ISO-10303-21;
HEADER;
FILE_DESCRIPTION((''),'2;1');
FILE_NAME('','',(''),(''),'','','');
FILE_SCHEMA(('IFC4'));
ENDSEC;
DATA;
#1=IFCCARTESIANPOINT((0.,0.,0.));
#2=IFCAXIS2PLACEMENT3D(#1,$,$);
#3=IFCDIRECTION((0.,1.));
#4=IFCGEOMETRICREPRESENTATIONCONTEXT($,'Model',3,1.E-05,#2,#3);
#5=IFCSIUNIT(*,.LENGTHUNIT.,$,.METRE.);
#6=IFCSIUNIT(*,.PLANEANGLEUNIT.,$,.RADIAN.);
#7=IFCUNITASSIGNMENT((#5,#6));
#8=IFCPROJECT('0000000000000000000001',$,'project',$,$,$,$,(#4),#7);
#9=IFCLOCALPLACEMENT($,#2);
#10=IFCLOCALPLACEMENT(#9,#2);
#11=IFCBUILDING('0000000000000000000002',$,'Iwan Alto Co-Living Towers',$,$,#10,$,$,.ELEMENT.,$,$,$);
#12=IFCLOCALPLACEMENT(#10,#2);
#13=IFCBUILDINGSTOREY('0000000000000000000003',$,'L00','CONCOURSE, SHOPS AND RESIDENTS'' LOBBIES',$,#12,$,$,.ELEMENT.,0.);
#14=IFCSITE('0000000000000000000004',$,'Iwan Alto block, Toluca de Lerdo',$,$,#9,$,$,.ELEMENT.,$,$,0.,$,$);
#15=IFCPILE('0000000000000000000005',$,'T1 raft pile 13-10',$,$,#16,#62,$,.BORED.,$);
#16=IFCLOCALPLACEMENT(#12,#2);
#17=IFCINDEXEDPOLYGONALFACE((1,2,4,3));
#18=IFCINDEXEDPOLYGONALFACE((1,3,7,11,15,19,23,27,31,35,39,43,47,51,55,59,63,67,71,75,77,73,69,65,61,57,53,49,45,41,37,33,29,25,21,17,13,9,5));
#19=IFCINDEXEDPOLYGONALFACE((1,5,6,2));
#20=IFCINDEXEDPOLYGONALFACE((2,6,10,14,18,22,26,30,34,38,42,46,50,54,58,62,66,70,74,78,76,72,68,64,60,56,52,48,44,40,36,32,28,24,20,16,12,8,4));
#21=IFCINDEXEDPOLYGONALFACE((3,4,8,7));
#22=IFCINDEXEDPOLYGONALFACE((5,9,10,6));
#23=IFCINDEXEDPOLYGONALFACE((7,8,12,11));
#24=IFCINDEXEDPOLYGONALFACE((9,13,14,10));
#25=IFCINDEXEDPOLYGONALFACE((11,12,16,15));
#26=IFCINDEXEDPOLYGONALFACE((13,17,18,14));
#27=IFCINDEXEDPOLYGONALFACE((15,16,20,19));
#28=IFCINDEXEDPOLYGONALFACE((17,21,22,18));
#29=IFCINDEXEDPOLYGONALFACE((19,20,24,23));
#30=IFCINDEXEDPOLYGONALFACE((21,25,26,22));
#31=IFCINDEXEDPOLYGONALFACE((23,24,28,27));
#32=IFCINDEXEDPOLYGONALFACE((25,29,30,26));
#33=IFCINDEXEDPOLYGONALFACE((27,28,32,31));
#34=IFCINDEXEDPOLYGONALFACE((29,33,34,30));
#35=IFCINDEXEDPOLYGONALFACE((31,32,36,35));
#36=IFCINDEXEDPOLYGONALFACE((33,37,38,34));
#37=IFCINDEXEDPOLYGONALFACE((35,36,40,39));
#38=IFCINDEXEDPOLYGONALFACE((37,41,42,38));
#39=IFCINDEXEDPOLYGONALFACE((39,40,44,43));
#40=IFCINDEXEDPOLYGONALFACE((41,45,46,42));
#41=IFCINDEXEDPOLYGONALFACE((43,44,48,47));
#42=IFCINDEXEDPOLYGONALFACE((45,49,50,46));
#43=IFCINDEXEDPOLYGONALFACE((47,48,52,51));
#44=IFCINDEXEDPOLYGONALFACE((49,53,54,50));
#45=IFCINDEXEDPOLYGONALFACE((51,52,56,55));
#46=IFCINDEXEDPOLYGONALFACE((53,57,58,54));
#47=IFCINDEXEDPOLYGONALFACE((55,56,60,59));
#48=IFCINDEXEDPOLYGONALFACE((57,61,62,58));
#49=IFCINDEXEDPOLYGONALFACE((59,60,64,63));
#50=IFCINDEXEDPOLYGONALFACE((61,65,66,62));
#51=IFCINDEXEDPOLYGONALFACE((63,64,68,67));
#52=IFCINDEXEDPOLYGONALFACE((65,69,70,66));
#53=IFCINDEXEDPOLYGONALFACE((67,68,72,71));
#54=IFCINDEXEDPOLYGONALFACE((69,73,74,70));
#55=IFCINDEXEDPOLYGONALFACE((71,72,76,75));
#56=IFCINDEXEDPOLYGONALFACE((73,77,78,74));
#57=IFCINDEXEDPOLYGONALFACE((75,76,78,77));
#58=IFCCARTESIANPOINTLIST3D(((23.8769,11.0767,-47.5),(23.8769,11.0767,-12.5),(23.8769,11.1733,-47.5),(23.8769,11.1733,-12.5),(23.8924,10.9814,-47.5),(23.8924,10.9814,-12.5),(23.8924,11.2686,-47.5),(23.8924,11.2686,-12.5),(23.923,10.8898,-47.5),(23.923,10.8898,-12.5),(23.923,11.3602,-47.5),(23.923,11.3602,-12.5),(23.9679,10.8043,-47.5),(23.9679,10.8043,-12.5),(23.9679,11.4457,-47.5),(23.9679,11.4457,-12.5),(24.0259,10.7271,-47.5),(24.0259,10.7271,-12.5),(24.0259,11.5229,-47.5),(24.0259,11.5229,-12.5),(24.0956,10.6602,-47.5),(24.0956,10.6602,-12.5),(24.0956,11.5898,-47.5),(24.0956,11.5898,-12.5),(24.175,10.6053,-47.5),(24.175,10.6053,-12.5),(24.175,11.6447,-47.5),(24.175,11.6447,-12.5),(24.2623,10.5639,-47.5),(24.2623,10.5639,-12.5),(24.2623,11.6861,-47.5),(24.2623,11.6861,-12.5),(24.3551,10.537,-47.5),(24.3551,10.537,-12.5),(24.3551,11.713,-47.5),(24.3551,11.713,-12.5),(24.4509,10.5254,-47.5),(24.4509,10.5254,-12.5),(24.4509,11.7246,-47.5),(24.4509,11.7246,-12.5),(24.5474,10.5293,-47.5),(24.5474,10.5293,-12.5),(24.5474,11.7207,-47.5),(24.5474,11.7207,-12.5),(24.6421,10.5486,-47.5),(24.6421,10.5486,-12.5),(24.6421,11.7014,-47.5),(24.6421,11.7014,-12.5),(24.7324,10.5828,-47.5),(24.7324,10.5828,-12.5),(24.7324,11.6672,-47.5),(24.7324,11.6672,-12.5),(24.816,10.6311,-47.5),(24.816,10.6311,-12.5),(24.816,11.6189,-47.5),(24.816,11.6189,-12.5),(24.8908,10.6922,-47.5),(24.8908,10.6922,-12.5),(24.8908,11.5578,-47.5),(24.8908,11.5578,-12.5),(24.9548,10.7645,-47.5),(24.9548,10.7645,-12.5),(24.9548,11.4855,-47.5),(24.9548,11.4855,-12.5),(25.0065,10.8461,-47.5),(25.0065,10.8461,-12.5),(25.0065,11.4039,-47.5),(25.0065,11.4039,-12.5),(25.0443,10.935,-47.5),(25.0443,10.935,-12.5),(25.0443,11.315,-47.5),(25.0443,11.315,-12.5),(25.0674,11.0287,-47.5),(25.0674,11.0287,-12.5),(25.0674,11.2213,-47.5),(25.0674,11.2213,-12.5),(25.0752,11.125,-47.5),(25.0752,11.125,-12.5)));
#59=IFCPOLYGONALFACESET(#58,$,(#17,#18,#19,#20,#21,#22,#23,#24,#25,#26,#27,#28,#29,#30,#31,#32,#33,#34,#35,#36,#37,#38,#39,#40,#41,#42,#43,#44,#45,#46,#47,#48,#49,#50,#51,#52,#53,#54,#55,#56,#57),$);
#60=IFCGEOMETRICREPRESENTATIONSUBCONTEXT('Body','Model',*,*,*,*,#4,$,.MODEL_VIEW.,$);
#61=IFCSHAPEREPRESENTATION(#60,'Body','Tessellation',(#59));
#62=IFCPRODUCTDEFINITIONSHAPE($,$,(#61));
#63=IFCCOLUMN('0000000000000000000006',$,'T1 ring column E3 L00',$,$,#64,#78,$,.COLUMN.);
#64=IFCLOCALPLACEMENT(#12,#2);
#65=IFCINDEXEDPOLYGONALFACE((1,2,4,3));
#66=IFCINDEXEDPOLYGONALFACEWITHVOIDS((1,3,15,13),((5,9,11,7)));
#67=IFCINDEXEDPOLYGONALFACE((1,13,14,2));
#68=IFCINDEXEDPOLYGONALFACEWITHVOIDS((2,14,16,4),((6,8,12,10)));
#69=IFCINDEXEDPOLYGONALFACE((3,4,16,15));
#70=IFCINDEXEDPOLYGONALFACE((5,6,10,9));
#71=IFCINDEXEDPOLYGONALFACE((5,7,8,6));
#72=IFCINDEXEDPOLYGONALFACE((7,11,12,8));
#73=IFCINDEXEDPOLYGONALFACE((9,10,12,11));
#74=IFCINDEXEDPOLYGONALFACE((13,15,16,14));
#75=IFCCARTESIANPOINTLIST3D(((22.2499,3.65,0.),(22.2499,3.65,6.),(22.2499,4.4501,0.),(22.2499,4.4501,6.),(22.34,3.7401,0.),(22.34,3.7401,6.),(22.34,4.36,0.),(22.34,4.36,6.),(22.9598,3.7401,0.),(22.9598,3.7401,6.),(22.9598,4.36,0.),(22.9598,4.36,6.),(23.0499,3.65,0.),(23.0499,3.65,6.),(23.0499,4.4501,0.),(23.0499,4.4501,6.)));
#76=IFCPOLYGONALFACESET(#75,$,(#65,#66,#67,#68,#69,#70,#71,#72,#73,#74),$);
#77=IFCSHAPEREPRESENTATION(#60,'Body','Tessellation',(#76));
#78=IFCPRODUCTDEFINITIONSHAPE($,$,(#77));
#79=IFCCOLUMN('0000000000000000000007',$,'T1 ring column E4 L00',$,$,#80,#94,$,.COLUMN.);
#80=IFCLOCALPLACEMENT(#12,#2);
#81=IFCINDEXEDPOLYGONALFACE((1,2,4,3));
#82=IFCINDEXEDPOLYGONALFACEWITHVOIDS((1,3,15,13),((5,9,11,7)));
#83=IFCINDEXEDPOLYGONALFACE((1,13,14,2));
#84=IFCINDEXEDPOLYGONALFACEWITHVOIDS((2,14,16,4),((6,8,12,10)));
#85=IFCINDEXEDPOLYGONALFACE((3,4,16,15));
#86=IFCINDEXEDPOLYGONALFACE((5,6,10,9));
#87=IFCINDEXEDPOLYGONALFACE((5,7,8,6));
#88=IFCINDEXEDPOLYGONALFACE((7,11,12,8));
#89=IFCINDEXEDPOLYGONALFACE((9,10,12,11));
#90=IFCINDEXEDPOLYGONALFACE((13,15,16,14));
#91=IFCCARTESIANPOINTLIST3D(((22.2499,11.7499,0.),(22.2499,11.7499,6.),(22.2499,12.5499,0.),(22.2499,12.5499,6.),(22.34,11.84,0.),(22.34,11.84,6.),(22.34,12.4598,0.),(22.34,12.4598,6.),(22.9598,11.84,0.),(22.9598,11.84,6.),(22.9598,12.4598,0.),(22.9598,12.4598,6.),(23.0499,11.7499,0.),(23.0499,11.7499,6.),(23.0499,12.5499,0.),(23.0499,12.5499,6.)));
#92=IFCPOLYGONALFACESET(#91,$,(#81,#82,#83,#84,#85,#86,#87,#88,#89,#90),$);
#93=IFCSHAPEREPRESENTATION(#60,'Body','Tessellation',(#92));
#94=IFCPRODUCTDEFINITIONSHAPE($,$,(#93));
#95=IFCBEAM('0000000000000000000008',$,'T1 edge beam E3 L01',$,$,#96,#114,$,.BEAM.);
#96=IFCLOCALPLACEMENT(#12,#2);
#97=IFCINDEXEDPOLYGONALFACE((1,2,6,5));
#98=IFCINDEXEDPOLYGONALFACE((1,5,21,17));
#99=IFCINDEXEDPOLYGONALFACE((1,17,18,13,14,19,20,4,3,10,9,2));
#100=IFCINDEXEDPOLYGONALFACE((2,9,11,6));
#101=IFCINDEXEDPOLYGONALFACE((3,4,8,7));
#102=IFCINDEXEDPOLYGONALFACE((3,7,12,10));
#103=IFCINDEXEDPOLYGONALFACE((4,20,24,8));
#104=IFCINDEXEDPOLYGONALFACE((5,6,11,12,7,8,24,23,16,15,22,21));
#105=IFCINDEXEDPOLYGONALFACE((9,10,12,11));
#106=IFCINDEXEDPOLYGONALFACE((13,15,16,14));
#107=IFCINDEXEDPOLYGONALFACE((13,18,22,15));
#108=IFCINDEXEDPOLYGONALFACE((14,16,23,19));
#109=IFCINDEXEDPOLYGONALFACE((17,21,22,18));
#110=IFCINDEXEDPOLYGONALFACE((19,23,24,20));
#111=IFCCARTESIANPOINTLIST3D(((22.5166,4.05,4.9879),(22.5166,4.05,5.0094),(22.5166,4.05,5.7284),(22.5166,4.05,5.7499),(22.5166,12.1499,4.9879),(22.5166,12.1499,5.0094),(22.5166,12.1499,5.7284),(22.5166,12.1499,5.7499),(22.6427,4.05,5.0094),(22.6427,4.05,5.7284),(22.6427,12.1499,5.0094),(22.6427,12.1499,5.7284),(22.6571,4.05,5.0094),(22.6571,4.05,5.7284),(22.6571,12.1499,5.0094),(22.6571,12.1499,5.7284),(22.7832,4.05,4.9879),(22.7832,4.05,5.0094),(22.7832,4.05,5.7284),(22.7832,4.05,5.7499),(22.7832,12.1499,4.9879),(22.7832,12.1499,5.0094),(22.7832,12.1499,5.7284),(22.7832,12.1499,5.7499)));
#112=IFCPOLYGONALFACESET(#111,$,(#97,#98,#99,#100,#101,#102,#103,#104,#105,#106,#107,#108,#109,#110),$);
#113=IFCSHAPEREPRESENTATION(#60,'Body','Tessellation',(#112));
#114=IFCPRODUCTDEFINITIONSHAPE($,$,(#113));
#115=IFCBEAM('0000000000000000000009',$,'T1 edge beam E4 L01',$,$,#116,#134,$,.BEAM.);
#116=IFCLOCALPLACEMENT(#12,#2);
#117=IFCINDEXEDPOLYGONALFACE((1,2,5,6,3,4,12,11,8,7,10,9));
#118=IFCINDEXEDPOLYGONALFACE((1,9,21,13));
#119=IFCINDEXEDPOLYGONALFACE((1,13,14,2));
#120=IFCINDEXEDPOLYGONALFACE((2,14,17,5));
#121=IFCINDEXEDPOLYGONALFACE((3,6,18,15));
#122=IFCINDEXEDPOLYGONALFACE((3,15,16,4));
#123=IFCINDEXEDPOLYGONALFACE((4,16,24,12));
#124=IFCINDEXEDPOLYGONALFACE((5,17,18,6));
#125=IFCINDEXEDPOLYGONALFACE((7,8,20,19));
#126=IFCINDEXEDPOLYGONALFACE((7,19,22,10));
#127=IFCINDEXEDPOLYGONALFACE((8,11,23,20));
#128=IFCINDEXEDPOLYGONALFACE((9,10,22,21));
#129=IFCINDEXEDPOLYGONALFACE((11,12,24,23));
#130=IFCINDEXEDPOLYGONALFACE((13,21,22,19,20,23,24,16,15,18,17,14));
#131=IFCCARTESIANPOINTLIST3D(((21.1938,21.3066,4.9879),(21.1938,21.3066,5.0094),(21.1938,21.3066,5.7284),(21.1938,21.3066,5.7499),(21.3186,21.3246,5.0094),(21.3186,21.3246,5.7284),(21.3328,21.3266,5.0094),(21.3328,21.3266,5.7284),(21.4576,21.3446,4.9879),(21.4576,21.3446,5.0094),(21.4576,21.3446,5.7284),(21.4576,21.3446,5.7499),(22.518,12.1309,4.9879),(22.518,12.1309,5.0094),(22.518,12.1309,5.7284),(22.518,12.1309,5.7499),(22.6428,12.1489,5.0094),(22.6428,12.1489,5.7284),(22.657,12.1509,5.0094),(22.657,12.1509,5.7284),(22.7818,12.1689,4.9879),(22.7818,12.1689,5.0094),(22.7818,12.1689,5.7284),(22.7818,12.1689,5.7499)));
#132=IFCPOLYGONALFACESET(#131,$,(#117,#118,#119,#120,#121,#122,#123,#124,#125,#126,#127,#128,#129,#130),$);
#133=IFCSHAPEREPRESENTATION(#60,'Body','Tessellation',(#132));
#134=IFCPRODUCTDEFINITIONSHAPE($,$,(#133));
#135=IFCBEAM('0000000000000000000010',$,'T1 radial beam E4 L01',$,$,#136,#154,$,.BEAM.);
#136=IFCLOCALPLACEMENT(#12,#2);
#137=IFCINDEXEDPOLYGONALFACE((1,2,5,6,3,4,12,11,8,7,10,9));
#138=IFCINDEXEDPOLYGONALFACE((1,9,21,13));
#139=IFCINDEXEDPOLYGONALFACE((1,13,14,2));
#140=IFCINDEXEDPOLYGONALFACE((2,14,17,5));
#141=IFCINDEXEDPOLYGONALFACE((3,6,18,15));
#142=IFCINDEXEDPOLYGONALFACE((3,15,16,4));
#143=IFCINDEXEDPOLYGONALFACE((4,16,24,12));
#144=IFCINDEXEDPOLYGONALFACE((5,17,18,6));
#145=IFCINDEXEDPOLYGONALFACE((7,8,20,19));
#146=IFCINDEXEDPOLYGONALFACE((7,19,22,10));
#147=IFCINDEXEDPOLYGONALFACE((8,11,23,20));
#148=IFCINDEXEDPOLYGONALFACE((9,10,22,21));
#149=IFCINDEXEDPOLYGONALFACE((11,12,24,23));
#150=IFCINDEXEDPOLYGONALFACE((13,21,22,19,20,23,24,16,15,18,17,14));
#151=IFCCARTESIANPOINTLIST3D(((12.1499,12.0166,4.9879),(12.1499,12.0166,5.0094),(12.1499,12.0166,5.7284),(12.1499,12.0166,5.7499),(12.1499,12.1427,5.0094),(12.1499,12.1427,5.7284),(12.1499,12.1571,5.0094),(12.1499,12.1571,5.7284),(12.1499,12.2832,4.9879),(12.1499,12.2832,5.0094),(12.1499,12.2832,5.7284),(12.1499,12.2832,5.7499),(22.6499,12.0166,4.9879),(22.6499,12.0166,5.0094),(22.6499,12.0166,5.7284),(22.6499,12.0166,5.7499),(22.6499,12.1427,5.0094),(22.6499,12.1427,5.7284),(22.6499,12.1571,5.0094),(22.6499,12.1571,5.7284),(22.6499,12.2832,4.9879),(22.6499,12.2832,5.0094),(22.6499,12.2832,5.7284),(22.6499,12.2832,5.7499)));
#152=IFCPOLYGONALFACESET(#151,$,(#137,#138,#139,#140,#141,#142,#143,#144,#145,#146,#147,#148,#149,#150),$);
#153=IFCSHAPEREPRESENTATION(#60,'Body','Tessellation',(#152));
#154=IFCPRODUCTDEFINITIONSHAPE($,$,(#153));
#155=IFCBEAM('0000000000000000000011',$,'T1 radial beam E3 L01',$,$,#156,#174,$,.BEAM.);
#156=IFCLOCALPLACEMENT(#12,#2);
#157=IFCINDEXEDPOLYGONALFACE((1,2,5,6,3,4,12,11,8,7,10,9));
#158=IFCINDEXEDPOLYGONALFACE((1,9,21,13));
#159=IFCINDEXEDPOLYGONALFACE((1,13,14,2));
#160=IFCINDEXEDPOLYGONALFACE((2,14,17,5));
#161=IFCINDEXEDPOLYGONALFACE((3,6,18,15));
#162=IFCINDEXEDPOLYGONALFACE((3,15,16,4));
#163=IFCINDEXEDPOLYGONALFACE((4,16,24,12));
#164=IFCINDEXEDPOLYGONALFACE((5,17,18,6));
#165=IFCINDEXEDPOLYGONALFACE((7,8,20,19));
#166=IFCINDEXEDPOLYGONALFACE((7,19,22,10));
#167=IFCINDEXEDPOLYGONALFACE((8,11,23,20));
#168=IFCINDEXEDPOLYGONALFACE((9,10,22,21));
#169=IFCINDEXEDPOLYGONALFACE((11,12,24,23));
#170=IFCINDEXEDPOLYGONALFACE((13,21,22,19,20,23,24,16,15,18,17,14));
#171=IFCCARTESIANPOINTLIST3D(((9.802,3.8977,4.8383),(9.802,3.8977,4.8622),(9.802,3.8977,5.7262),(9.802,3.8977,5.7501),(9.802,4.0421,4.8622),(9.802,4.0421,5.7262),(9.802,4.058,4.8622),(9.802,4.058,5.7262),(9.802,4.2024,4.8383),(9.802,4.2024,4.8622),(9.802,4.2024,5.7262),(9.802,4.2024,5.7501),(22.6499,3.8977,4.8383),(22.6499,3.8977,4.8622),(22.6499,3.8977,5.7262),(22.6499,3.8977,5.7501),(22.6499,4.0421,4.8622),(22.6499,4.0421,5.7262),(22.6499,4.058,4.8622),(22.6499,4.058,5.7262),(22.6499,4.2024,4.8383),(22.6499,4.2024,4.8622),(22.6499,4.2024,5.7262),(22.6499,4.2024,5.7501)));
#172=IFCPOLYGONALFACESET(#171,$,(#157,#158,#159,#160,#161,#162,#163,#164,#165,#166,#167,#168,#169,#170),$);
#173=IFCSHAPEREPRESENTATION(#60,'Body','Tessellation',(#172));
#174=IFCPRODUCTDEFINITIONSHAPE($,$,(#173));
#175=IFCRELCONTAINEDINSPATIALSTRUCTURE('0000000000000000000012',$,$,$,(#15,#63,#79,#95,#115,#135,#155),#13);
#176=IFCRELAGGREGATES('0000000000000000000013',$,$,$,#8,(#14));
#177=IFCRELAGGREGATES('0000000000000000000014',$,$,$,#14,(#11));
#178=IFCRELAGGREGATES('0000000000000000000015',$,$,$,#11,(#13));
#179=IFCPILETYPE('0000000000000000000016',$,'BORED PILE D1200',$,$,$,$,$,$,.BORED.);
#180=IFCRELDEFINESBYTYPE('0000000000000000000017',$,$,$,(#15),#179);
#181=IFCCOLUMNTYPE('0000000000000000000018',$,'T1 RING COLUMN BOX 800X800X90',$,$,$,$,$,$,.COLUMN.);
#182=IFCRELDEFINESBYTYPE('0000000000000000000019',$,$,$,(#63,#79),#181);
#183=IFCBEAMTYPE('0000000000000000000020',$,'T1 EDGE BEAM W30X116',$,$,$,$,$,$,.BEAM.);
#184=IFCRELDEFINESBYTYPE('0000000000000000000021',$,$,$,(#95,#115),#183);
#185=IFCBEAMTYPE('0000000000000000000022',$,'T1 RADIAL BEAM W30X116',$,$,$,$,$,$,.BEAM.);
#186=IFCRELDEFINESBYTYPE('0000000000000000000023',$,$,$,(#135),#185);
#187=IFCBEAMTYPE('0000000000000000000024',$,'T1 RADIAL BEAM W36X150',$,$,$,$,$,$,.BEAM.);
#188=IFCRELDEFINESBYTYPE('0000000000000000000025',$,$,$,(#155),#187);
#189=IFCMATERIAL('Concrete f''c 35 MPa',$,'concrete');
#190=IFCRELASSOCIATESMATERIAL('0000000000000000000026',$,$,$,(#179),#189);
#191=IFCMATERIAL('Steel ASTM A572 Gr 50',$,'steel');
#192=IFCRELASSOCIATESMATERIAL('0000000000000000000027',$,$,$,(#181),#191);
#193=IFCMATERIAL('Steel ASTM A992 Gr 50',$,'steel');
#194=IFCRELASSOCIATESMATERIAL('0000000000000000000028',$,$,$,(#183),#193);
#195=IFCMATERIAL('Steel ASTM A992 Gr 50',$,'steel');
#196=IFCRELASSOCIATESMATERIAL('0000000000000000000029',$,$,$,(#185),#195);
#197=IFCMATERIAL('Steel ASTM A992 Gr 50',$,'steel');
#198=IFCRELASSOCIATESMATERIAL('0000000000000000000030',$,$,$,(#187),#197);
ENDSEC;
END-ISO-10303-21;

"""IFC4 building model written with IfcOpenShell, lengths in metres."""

from ifc_helpers import new_model, si_unit, direction, frame, origin, origin_2d, place, context, subcontext, project, spatial, hollow_rectangle, circle, i_section, extrude, material, material_profile, profile_set, type_object, element, save


model = new_model("IFC4")

# Units and contexts
model_context = context("Model", 3, precision=1e-05, world=origin(), true_north=direction((0.0, 1.0)))
body_context = subcontext(model_context, "Body", "Model", "MODEL_VIEW")
ifc_project = project(units=[si_unit("LENGTHUNIT", "METRE"), si_unit("PLANEANGLEUNIT", "RADIAN")], contexts=[model_context])

# Site, building, storey
site_placement = place(None, origin())
site = spatial("IfcSite", under=ifc_project, at=site_placement, Name="Iwan Alto block, Toluca de Lerdo", CompositionType="ELEMENT", RefElevation=0.0)
building_placement = place(site_placement, origin())
building = spatial("IfcBuilding", under=site, at=building_placement, Name="Iwan Alto Co-Living Towers", CompositionType="ELEMENT")
storey_placement = place(building_placement, origin())
storey = spatial("IfcBuildingStorey", under=building, at=storey_placement, Name="L00", Description="CONCOURSE, SHOPS AND RESIDENTS' LOBBIES", CompositionType="ELEMENT", Elevation=0.0)

# Pile
ifc_material_1 = material(Name="Concrete f'c 35 MPa", Category="concrete")
ifc_material_profile_1 = material_profile(ifc_material_1, circle(Radius=0.6001, at=origin_2d()), Name="D1200")
ifc_profile_set_1 = profile_set([ifc_material_profile_1], Name="Concrete f'c 35 MPa")
pile_type = type_object("IfcPileType", Name="BORED PILE D1200", PredefinedType="BORED", material=ifc_profile_set_1)
for number, where, z_axis, x_axis, name in (
    (1, (24.4751, 11.125, -12.5), (0.0, 0.0, -1.0), (1.0, 0.0, 0.0), "T1 raft pile 13-10"),
):
    element("IfcPile", number, at=place(storey_placement, frame(where, z_axis=z_axis, x_axis=x_axis)), inside=storey, type_object=pile_type, Name=name, PredefinedType="BORED", context=body_context, shape_type="SweptSolid", body=[
        extrude(circle(Radius=0.6001, at=origin_2d()), origin(), (0.0, 0.0, 1.0), 35.0),
    ])

# Columns
ifc_material_2 = material(Name="Steel ASTM A572 Gr 50", Category="steel")
ifc_material_profile_2 = material_profile(ifc_material_2, hollow_rectangle(XDim=0.8, YDim=0.8, WallThickness=0.0901, at=origin_2d()), Name="BOX 800X800X90")
ifc_profile_set_2 = profile_set([ifc_material_profile_2], Name="Steel ASTM A572 Gr 50")
column_type = type_object("IfcColumnType", Name="T1 RING COLUMN BOX 800X800X90", PredefinedType="COLUMN", material=ifc_profile_set_2)
for number, where, z_axis, x_axis, name in (
    (2, (22.6499, 4.05, 0.0), (0.0, 0.0, 1.0), (1.0, 0.0, 0.0), "T1 ring column E3 L00"),
    (3, (22.6499, 12.1499, 0.0), (0.0, 0.0, 1.0), (1.0, 0.0, 0.0), "T1 ring column E4 L00"),
):
    element("IfcColumn", number, at=place(storey_placement, frame(where, z_axis=z_axis, x_axis=x_axis)), inside=storey, type_object=column_type, Name=name, PredefinedType="COLUMN", context=body_context, shape_type="SweptSolid", body=[
        extrude(hollow_rectangle(XDim=0.8, YDim=0.8, WallThickness=0.0901, at=origin_2d()), origin(), (0.0, 0.0, 1.0), 6.0),
    ])

# Beams
ifc_material_3 = material(Name="Steel ASTM A992 Gr 50", Category="steel")
ifc_material_profile_3 = material_profile(ifc_material_3, i_section(OverallWidth=0.2666, OverallDepth=0.762, WebThickness=0.0144, FlangeThickness=0.0215, at=origin_2d()), Name="W30X116")
ifc_profile_set_3 = profile_set([ifc_material_profile_3], Name="Steel ASTM A992 Gr 50")
beam_type_1 = type_object("IfcBeamType", Name="T1 EDGE BEAM W30X116", PredefinedType="BEAM", material=ifc_profile_set_3)
beam_1_placement = place(storey_placement, frame((22.6499, 4.05, 5.3689), z_axis=(0.0, 1.0, 0.0), x_axis=(-1.0, 0.0, 0.0)))
element("IfcBeam", 4, at=beam_1_placement, inside=storey, type_object=beam_type_1, Name="T1 edge beam E3 L01", PredefinedType="BEAM", context=body_context, shape_type="SweptSolid", body=[
    extrude(i_section(OverallWidth=0.2666, OverallDepth=0.762, WebThickness=0.0144, FlangeThickness=0.0215, at=origin_2d()), origin(), (0.0, 0.0, 1.0), 8.0999),
])
beam_2_placement = place(storey_placement, frame((22.6499, 12.1499, 5.3689), z_axis=(-0.142837, 0.989746, 0.0), x_axis=(-0.989746, -0.142837, 0.0)))
element("IfcBeam", 5, at=beam_2_placement, inside=storey, type_object=beam_type_1, Name="T1 edge beam E4 L01", PredefinedType="BEAM", context=body_context, shape_type="SweptSolid", body=[
    extrude(i_section(OverallWidth=0.2666, OverallDepth=0.762, WebThickness=0.0144, FlangeThickness=0.0215, at=origin_2d()), origin(), (0.0, 0.0, 1.0), 9.2708),
])
ifc_material_4 = material(Name="Steel ASTM A992 Gr 50", Category="steel")
ifc_material_profile_4 = material_profile(ifc_material_4, i_section(OverallWidth=0.2666, OverallDepth=0.762, WebThickness=0.0144, FlangeThickness=0.0215, at=origin_2d()), Name="W30X116")
ifc_profile_set_4 = profile_set([ifc_material_profile_4], Name="Steel ASTM A992 Gr 50")
beam_type_2 = type_object("IfcBeamType", Name="T1 RADIAL BEAM W30X116", PredefinedType="BEAM", material=ifc_profile_set_4)
beam_3_placement = place(storey_placement, frame((22.6499, 12.1499, 5.3689), z_axis=(-1.0, 0.0, 0.0), x_axis=(0.0, -1.0, 0.0)))
element("IfcBeam", 6, at=beam_3_placement, inside=storey, type_object=beam_type_2, Name="T1 radial beam E4 L01", PredefinedType="BEAM", context=body_context, shape_type="SweptSolid", body=[
    extrude(i_section(OverallWidth=0.2666, OverallDepth=0.762, WebThickness=0.0144, FlangeThickness=0.0215, at=origin_2d()), origin(), (0.0, 0.0, 1.0), 10.5),
])
ifc_material_5 = material(Name="Steel ASTM A992 Gr 50", Category="steel")
ifc_material_profile_5 = material_profile(ifc_material_5, i_section(OverallWidth=0.3047, OverallDepth=0.9119, WebThickness=0.0159, FlangeThickness=0.0239, at=origin_2d()), Name="W36X150")
ifc_profile_set_5 = profile_set([ifc_material_profile_5], Name="Steel ASTM A992 Gr 50")
beam_type_3 = type_object("IfcBeamType", Name="T1 RADIAL BEAM W36X150", PredefinedType="BEAM", material=ifc_profile_set_5)
beam_4_placement = place(storey_placement, frame((22.6499, 4.05, 5.2942), z_axis=(-1.0, 0.0, 0.0), x_axis=(0.0, -1.0, 0.0)))
element("IfcBeam", 7, at=beam_4_placement, inside=storey, type_object=beam_type_3, Name="T1 radial beam E3 L01", PredefinedType="BEAM", context=body_context, shape_type="SweptSolid", body=[
    extrude(i_section(OverallWidth=0.3047, OverallDepth=0.9119, WebThickness=0.0159, FlangeThickness=0.0239, at=origin_2d()), origin(), (0.0, 0.0, 1.0), 12.8479),
])

save(model, "model.ifc")
